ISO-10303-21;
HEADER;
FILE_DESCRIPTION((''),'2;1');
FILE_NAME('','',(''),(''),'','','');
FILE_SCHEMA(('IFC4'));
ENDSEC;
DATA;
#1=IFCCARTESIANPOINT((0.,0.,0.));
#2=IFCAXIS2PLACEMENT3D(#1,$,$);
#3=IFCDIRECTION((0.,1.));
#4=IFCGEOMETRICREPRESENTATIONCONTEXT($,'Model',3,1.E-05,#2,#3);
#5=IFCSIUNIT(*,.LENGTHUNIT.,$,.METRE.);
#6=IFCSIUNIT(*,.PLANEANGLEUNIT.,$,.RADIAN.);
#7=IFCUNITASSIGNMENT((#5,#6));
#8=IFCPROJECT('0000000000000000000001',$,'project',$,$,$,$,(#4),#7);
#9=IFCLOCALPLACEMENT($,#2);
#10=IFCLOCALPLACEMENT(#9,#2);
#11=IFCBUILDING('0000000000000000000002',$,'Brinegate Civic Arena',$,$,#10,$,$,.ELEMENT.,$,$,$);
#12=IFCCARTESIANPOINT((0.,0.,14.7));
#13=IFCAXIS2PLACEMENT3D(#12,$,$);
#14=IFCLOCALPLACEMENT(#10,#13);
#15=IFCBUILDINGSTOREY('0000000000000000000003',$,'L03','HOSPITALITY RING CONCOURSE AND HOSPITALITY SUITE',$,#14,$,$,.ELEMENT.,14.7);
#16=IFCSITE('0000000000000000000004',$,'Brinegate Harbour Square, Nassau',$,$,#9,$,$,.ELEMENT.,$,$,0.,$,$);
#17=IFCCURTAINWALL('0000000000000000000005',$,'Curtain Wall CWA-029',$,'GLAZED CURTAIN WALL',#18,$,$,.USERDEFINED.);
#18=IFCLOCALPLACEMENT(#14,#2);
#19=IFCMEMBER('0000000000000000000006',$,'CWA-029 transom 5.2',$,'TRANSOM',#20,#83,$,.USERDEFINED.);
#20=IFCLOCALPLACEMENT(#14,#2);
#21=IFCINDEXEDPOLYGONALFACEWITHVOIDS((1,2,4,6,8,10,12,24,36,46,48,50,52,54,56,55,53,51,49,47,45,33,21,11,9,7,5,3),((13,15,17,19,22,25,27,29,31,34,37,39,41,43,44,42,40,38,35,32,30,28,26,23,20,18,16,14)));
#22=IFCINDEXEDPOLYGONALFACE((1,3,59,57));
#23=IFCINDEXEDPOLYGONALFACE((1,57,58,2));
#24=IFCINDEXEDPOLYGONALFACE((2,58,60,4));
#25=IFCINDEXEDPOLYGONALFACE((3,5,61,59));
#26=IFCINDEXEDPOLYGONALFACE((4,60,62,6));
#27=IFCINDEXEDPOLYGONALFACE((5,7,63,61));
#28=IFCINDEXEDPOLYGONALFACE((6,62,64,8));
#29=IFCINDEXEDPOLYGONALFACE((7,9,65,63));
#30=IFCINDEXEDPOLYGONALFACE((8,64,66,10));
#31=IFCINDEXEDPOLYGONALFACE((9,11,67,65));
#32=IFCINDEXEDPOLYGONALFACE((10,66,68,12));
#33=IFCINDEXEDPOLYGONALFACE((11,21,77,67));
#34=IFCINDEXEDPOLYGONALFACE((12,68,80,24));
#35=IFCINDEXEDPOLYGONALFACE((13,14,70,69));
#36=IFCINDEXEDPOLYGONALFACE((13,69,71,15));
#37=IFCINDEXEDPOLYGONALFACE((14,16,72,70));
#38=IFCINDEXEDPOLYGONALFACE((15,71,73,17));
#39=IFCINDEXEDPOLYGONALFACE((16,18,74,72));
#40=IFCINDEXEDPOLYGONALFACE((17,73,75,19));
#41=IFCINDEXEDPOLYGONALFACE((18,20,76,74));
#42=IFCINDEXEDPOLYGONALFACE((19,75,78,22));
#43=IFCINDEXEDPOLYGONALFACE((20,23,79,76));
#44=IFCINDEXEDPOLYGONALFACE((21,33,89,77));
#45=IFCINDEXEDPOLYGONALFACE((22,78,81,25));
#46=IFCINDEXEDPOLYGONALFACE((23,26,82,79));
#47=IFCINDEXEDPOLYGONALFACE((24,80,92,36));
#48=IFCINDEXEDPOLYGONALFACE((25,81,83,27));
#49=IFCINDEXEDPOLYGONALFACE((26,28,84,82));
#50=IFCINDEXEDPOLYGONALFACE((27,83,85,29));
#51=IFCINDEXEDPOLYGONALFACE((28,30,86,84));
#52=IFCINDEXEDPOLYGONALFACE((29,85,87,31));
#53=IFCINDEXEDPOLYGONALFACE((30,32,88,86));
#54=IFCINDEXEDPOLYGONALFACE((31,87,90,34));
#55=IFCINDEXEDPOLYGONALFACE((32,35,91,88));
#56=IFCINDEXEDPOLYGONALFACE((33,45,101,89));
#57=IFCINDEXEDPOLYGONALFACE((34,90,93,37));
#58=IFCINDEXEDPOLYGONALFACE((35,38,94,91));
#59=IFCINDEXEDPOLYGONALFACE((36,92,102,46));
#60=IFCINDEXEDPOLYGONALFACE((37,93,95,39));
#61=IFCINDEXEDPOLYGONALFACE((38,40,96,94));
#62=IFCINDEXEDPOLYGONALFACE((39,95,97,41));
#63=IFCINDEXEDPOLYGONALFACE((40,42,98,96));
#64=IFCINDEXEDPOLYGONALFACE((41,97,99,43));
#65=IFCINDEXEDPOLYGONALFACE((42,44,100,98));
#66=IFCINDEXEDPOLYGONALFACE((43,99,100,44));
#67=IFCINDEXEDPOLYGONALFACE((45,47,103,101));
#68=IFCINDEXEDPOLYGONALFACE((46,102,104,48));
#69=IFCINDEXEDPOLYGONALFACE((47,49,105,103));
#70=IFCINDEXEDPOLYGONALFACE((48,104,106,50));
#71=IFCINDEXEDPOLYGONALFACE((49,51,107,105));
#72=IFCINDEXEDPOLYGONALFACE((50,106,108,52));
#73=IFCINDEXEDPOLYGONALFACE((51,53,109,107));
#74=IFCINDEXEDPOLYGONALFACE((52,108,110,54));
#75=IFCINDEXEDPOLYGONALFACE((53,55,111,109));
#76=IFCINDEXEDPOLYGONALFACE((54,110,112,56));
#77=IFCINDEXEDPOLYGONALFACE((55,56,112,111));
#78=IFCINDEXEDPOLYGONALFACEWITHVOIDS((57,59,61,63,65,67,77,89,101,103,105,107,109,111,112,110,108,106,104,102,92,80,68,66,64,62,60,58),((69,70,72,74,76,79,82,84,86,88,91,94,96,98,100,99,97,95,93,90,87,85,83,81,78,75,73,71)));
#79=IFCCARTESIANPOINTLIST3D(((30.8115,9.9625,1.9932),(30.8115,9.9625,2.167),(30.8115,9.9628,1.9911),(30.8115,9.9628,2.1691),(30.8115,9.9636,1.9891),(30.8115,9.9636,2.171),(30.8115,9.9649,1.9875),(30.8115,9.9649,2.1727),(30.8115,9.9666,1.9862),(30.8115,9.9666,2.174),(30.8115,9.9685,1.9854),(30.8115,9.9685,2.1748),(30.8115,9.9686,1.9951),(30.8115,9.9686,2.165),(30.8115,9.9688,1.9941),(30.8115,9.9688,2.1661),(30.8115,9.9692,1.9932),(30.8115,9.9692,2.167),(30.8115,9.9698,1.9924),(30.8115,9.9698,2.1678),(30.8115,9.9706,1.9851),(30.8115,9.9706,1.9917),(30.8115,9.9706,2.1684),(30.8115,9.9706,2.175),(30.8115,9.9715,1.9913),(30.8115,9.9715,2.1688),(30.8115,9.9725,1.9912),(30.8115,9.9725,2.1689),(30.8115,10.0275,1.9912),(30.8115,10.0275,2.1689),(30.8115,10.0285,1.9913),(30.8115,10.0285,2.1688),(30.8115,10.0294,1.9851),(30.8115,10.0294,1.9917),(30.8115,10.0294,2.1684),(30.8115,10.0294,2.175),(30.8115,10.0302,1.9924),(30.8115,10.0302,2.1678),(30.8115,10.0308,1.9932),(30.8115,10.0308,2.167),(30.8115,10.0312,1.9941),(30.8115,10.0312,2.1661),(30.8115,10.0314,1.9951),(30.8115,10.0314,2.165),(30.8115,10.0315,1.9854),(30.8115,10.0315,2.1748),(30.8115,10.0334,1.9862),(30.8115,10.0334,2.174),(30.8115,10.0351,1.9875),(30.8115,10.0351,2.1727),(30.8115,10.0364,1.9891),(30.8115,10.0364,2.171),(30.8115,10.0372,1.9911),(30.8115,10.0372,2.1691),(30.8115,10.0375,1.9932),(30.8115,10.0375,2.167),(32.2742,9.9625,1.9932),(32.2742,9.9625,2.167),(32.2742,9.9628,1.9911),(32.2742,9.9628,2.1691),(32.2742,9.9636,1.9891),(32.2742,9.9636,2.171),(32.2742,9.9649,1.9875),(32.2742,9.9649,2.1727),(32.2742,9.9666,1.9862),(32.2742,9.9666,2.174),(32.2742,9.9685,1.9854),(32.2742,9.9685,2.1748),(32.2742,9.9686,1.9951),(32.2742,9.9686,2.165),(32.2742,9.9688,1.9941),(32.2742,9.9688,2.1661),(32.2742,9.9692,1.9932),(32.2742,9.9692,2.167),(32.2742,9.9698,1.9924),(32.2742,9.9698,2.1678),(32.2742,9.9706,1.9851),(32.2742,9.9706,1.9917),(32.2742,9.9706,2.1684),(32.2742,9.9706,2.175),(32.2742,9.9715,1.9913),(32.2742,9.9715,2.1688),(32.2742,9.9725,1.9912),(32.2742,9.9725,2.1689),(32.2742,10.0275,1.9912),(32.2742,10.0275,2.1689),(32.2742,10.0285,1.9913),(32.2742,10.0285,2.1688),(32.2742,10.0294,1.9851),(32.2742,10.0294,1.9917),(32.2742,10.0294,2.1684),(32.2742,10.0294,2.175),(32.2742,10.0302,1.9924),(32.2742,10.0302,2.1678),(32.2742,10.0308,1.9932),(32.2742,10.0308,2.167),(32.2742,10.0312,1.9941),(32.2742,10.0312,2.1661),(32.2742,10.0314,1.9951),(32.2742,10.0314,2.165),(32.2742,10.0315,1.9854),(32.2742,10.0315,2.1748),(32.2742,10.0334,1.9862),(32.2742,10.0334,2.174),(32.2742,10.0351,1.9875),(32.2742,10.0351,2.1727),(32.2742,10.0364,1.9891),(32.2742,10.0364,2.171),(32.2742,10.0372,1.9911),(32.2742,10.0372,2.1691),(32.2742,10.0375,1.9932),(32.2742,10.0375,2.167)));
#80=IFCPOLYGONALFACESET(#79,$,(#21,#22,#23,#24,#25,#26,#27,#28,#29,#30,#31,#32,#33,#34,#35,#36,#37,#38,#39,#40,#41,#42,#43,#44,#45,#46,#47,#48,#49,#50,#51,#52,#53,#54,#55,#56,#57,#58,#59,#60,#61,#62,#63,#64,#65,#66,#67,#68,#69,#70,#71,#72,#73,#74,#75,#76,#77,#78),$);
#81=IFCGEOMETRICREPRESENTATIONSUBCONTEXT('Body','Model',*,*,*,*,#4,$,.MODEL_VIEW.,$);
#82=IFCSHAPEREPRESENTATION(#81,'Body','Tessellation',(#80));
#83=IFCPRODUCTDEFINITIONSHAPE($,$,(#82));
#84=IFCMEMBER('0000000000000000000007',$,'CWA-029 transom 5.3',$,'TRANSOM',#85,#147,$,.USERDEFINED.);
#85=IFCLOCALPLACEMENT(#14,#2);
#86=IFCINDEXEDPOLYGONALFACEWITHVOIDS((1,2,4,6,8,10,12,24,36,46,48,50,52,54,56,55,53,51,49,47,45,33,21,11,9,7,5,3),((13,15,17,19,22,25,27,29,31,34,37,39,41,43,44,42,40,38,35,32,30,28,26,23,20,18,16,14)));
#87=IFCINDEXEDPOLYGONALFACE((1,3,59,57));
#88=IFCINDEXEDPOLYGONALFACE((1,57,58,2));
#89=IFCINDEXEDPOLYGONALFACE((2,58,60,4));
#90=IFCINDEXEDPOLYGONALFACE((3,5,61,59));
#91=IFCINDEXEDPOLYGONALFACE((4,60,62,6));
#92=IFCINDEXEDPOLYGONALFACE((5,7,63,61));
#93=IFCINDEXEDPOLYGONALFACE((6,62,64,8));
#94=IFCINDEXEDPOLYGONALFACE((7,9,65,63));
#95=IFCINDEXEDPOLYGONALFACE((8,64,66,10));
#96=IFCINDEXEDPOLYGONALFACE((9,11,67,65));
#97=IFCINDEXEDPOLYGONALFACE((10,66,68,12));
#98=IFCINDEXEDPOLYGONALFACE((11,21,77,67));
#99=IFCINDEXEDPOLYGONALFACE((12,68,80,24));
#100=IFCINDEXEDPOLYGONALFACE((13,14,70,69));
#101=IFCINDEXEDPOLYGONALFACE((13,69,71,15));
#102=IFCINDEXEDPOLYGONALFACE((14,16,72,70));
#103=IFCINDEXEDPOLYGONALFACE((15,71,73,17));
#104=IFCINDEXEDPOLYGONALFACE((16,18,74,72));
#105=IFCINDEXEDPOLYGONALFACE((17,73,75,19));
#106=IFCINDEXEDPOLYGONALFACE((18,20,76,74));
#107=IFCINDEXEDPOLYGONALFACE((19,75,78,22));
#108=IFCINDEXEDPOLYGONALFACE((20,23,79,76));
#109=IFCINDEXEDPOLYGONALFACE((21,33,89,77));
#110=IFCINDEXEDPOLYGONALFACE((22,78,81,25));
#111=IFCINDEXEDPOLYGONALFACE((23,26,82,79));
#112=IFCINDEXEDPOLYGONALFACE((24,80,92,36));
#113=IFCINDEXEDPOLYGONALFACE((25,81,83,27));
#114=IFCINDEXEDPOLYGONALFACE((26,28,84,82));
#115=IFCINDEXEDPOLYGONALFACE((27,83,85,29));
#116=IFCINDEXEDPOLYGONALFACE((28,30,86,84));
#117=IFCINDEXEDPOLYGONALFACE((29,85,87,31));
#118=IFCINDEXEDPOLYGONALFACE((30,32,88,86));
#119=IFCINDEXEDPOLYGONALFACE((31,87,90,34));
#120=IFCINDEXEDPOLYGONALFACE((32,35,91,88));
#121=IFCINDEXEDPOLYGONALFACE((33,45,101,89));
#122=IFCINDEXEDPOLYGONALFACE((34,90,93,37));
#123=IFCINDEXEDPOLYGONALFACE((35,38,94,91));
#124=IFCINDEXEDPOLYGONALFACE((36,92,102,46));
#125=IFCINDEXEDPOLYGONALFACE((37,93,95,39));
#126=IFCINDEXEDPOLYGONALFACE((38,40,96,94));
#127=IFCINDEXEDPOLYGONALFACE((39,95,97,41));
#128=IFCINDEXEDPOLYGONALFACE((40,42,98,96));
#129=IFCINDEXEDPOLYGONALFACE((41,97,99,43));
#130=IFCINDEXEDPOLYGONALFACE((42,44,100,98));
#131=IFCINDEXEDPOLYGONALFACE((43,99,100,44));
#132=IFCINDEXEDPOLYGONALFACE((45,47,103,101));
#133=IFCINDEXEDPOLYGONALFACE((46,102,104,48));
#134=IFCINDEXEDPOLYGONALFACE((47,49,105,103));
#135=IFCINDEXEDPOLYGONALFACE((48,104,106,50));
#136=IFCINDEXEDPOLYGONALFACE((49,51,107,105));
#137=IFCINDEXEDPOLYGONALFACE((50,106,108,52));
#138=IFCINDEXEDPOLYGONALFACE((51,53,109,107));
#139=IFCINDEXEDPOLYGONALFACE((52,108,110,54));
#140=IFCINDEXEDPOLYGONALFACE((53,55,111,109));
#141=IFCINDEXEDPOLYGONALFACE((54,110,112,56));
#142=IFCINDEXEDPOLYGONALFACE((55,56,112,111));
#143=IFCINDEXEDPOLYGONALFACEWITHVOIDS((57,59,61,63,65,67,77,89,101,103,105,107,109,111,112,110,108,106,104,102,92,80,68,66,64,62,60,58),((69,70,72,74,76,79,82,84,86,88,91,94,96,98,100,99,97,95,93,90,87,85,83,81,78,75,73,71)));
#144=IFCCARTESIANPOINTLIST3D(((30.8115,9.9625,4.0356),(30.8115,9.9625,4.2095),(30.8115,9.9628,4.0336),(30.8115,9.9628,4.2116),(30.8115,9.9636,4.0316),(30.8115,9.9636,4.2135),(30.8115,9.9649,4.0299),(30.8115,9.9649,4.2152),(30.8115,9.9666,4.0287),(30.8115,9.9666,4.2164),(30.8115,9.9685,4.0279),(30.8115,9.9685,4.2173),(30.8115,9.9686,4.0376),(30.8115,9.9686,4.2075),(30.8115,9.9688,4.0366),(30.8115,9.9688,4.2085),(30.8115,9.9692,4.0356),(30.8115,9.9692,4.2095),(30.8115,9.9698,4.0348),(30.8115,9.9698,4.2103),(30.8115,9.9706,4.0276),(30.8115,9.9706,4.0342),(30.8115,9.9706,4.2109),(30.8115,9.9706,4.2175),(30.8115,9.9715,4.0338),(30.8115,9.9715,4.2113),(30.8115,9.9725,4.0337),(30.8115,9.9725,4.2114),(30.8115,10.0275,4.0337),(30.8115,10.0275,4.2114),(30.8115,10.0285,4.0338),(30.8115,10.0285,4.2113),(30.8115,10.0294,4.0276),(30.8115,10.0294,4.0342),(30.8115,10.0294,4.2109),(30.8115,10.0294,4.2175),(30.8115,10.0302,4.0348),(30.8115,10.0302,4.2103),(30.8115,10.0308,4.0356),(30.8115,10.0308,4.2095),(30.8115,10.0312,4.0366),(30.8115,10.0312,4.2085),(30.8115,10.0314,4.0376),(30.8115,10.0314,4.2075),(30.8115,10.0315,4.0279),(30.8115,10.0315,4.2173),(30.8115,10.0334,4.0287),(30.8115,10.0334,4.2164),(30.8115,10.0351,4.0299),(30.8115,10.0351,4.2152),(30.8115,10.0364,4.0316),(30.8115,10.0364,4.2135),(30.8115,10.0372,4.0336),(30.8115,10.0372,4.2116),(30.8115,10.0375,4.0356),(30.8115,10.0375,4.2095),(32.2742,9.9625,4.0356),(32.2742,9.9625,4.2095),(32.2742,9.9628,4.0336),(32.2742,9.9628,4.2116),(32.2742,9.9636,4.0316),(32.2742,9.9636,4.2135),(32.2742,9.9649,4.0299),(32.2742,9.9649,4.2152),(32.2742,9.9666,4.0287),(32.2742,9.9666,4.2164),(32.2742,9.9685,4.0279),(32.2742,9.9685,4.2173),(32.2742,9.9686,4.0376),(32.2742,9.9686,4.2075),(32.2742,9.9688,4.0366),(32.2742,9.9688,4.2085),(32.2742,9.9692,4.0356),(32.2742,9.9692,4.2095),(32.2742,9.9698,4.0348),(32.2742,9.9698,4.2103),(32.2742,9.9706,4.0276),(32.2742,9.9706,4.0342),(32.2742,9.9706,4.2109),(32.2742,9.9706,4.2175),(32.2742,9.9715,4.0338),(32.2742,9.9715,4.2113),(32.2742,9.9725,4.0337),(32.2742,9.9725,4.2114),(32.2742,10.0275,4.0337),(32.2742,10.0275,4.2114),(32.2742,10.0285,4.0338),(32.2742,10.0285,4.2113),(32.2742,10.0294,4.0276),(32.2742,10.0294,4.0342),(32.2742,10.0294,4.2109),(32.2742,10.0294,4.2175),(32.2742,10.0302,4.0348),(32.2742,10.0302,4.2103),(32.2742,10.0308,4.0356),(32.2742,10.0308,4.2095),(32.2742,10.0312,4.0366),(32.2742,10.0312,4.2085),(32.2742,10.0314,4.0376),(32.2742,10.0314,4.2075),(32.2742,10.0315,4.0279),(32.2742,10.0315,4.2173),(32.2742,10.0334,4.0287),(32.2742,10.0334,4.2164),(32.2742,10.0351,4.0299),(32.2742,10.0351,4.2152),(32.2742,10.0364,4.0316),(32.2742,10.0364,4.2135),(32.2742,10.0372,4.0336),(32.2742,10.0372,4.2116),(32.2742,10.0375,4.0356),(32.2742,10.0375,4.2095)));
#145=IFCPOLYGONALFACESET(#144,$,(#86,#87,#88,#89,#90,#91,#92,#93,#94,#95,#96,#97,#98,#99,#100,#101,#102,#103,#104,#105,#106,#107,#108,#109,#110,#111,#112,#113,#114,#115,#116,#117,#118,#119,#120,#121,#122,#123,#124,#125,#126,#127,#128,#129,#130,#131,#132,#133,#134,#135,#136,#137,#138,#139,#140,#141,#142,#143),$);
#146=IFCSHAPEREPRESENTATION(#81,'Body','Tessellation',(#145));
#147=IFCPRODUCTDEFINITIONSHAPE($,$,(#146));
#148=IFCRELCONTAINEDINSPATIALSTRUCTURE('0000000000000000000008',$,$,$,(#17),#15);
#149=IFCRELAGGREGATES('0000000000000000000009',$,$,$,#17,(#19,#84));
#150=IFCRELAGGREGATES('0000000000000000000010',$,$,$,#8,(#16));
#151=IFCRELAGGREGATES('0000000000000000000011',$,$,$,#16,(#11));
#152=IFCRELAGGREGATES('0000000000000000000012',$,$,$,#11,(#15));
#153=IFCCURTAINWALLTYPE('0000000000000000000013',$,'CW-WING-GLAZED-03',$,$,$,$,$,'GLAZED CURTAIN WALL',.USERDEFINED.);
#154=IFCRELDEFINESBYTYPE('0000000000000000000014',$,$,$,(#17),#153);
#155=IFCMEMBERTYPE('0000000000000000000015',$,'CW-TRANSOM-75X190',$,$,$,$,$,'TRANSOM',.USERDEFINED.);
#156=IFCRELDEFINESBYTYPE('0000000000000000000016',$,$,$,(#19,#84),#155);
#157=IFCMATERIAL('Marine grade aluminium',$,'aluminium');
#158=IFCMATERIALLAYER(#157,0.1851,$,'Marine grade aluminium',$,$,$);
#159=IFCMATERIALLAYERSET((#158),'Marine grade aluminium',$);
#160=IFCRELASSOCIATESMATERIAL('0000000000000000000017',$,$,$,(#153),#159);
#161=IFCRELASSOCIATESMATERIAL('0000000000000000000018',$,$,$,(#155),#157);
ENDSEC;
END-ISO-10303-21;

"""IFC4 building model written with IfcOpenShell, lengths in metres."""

from ifc_helpers import new_model, si_unit, direction, frame, origin, origin_2d, place, context, subcontext, project, spatial, hollow_rectangle, extrude, material, layer, layer_set, material_profile, profile_set, type_object, element, aggregate, save


model = new_model("IFC4")

# Units and contexts
model_context = context("Model", 3, precision=1e-05, world=origin(), true_north=direction((0.0, 1.0)))
body_context = subcontext(model_context, "Body", "Model", "MODEL_VIEW")
ifc_project = project(units=[si_unit("LENGTHUNIT", "METRE"), si_unit("PLANEANGLEUNIT", "RADIAN")], contexts=[model_context])

# Site, building, storey
site_placement = place(None, origin())
site = spatial("IfcSite", under=ifc_project, at=site_placement, Name="Brinegate Harbour Square, Nassau", CompositionType="ELEMENT", RefElevation=0.0)
building_placement = place(site_placement, origin())
building = spatial("IfcBuilding", under=site, at=building_placement, Name="Brinegate Civic Arena", CompositionType="ELEMENT")
storey_placement = place(building_placement, frame((0.0, 0.0, 14.7)))
storey = spatial("IfcBuildingStorey", under=building, at=storey_placement, Name="L03", Description="HOSPITALITY RING CONCOURSE AND HOSPITALITY SUITE", CompositionType="ELEMENT", Elevation=14.7)

# Curtain wall, members
ifc_material_1 = material(Name="Marine grade aluminium", Category="aluminium")
ifc_layer_1 = layer(ifc_material_1, 0.1851, Name="Marine grade aluminium")
ifc_layer_set_1 = layer_set([ifc_layer_1], Name="Marine grade aluminium")
curtain_wall_type = type_object("IfcCurtainWallType", Name="CW-WING-GLAZED-03", ElementType="GLAZED CURTAIN WALL", PredefinedType="USERDEFINED", material=ifc_layer_set_1)
curtain_wall_placement = place(storey_placement, origin())
curtain_wall = element("IfcCurtainWall", 1, at=curtain_wall_placement, inside=storey, type_object=curtain_wall_type, Name="Curtain Wall CWA-029", ObjectType="GLAZED CURTAIN WALL", PredefinedType="USERDEFINED")
ifc_material_profile_1 = material_profile(ifc_material_1, hollow_rectangle(XDim=0.075, YDim=0.1899, WallThickness=0.0061, InnerFilletRadius=0.0039, OuterFilletRadius=0.0081, at=origin_2d()), Name="TRN75X190")
ifc_profile_set_1 = profile_set([ifc_material_profile_1], Name="Marine grade aluminium")
member_type_1 = type_object("IfcMemberType", Name="CW-TRANSOM-75X190", ElementType="TRANSOM", PredefinedType="USERDEFINED", material=ifc_profile_set_1)
member_1_placement = place(storey_placement, frame((30.8115, 10.0, 2.0801), z_axis=(1.0, 0.0, 0.0), x_axis=(0.0, 1.0, 0.0)))
member_1 = element("IfcMember", 2, at=member_1_placement, type_object=member_type_1, Name="CWA-029 transom 5.2", ObjectType="TRANSOM", PredefinedType="USERDEFINED", context=body_context, shape_type="SweptSolid", body=[
    extrude(hollow_rectangle(XDim=0.075, YDim=0.1899, WallThickness=0.0061, InnerFilletRadius=0.0039, OuterFilletRadius=0.0081, at=origin_2d()), origin(), (0.0, 0.0, 1.0), 1.4626),
])
member_2_placement = place(storey_placement, frame((30.8115, 10.0, 4.1226), z_axis=(1.0, 0.0, 0.0), x_axis=(0.0, 1.0, 0.0)))
member_2 = element("IfcMember", 3, at=member_2_placement, type_object=member_type_1, Name="CWA-029 transom 5.3", ObjectType="TRANSOM", PredefinedType="USERDEFINED", context=body_context, shape_type="SweptSolid", body=[
    extrude(hollow_rectangle(XDim=0.075, YDim=0.1899, WallThickness=0.0061, InnerFilletRadius=0.0039, OuterFilletRadius=0.0081, at=origin_2d()), origin(), (0.0, 0.0, 1.0), 1.4626),
])
aggregate(curtain_wall, [member_1, member_2])

save(model, "model.ifc")
